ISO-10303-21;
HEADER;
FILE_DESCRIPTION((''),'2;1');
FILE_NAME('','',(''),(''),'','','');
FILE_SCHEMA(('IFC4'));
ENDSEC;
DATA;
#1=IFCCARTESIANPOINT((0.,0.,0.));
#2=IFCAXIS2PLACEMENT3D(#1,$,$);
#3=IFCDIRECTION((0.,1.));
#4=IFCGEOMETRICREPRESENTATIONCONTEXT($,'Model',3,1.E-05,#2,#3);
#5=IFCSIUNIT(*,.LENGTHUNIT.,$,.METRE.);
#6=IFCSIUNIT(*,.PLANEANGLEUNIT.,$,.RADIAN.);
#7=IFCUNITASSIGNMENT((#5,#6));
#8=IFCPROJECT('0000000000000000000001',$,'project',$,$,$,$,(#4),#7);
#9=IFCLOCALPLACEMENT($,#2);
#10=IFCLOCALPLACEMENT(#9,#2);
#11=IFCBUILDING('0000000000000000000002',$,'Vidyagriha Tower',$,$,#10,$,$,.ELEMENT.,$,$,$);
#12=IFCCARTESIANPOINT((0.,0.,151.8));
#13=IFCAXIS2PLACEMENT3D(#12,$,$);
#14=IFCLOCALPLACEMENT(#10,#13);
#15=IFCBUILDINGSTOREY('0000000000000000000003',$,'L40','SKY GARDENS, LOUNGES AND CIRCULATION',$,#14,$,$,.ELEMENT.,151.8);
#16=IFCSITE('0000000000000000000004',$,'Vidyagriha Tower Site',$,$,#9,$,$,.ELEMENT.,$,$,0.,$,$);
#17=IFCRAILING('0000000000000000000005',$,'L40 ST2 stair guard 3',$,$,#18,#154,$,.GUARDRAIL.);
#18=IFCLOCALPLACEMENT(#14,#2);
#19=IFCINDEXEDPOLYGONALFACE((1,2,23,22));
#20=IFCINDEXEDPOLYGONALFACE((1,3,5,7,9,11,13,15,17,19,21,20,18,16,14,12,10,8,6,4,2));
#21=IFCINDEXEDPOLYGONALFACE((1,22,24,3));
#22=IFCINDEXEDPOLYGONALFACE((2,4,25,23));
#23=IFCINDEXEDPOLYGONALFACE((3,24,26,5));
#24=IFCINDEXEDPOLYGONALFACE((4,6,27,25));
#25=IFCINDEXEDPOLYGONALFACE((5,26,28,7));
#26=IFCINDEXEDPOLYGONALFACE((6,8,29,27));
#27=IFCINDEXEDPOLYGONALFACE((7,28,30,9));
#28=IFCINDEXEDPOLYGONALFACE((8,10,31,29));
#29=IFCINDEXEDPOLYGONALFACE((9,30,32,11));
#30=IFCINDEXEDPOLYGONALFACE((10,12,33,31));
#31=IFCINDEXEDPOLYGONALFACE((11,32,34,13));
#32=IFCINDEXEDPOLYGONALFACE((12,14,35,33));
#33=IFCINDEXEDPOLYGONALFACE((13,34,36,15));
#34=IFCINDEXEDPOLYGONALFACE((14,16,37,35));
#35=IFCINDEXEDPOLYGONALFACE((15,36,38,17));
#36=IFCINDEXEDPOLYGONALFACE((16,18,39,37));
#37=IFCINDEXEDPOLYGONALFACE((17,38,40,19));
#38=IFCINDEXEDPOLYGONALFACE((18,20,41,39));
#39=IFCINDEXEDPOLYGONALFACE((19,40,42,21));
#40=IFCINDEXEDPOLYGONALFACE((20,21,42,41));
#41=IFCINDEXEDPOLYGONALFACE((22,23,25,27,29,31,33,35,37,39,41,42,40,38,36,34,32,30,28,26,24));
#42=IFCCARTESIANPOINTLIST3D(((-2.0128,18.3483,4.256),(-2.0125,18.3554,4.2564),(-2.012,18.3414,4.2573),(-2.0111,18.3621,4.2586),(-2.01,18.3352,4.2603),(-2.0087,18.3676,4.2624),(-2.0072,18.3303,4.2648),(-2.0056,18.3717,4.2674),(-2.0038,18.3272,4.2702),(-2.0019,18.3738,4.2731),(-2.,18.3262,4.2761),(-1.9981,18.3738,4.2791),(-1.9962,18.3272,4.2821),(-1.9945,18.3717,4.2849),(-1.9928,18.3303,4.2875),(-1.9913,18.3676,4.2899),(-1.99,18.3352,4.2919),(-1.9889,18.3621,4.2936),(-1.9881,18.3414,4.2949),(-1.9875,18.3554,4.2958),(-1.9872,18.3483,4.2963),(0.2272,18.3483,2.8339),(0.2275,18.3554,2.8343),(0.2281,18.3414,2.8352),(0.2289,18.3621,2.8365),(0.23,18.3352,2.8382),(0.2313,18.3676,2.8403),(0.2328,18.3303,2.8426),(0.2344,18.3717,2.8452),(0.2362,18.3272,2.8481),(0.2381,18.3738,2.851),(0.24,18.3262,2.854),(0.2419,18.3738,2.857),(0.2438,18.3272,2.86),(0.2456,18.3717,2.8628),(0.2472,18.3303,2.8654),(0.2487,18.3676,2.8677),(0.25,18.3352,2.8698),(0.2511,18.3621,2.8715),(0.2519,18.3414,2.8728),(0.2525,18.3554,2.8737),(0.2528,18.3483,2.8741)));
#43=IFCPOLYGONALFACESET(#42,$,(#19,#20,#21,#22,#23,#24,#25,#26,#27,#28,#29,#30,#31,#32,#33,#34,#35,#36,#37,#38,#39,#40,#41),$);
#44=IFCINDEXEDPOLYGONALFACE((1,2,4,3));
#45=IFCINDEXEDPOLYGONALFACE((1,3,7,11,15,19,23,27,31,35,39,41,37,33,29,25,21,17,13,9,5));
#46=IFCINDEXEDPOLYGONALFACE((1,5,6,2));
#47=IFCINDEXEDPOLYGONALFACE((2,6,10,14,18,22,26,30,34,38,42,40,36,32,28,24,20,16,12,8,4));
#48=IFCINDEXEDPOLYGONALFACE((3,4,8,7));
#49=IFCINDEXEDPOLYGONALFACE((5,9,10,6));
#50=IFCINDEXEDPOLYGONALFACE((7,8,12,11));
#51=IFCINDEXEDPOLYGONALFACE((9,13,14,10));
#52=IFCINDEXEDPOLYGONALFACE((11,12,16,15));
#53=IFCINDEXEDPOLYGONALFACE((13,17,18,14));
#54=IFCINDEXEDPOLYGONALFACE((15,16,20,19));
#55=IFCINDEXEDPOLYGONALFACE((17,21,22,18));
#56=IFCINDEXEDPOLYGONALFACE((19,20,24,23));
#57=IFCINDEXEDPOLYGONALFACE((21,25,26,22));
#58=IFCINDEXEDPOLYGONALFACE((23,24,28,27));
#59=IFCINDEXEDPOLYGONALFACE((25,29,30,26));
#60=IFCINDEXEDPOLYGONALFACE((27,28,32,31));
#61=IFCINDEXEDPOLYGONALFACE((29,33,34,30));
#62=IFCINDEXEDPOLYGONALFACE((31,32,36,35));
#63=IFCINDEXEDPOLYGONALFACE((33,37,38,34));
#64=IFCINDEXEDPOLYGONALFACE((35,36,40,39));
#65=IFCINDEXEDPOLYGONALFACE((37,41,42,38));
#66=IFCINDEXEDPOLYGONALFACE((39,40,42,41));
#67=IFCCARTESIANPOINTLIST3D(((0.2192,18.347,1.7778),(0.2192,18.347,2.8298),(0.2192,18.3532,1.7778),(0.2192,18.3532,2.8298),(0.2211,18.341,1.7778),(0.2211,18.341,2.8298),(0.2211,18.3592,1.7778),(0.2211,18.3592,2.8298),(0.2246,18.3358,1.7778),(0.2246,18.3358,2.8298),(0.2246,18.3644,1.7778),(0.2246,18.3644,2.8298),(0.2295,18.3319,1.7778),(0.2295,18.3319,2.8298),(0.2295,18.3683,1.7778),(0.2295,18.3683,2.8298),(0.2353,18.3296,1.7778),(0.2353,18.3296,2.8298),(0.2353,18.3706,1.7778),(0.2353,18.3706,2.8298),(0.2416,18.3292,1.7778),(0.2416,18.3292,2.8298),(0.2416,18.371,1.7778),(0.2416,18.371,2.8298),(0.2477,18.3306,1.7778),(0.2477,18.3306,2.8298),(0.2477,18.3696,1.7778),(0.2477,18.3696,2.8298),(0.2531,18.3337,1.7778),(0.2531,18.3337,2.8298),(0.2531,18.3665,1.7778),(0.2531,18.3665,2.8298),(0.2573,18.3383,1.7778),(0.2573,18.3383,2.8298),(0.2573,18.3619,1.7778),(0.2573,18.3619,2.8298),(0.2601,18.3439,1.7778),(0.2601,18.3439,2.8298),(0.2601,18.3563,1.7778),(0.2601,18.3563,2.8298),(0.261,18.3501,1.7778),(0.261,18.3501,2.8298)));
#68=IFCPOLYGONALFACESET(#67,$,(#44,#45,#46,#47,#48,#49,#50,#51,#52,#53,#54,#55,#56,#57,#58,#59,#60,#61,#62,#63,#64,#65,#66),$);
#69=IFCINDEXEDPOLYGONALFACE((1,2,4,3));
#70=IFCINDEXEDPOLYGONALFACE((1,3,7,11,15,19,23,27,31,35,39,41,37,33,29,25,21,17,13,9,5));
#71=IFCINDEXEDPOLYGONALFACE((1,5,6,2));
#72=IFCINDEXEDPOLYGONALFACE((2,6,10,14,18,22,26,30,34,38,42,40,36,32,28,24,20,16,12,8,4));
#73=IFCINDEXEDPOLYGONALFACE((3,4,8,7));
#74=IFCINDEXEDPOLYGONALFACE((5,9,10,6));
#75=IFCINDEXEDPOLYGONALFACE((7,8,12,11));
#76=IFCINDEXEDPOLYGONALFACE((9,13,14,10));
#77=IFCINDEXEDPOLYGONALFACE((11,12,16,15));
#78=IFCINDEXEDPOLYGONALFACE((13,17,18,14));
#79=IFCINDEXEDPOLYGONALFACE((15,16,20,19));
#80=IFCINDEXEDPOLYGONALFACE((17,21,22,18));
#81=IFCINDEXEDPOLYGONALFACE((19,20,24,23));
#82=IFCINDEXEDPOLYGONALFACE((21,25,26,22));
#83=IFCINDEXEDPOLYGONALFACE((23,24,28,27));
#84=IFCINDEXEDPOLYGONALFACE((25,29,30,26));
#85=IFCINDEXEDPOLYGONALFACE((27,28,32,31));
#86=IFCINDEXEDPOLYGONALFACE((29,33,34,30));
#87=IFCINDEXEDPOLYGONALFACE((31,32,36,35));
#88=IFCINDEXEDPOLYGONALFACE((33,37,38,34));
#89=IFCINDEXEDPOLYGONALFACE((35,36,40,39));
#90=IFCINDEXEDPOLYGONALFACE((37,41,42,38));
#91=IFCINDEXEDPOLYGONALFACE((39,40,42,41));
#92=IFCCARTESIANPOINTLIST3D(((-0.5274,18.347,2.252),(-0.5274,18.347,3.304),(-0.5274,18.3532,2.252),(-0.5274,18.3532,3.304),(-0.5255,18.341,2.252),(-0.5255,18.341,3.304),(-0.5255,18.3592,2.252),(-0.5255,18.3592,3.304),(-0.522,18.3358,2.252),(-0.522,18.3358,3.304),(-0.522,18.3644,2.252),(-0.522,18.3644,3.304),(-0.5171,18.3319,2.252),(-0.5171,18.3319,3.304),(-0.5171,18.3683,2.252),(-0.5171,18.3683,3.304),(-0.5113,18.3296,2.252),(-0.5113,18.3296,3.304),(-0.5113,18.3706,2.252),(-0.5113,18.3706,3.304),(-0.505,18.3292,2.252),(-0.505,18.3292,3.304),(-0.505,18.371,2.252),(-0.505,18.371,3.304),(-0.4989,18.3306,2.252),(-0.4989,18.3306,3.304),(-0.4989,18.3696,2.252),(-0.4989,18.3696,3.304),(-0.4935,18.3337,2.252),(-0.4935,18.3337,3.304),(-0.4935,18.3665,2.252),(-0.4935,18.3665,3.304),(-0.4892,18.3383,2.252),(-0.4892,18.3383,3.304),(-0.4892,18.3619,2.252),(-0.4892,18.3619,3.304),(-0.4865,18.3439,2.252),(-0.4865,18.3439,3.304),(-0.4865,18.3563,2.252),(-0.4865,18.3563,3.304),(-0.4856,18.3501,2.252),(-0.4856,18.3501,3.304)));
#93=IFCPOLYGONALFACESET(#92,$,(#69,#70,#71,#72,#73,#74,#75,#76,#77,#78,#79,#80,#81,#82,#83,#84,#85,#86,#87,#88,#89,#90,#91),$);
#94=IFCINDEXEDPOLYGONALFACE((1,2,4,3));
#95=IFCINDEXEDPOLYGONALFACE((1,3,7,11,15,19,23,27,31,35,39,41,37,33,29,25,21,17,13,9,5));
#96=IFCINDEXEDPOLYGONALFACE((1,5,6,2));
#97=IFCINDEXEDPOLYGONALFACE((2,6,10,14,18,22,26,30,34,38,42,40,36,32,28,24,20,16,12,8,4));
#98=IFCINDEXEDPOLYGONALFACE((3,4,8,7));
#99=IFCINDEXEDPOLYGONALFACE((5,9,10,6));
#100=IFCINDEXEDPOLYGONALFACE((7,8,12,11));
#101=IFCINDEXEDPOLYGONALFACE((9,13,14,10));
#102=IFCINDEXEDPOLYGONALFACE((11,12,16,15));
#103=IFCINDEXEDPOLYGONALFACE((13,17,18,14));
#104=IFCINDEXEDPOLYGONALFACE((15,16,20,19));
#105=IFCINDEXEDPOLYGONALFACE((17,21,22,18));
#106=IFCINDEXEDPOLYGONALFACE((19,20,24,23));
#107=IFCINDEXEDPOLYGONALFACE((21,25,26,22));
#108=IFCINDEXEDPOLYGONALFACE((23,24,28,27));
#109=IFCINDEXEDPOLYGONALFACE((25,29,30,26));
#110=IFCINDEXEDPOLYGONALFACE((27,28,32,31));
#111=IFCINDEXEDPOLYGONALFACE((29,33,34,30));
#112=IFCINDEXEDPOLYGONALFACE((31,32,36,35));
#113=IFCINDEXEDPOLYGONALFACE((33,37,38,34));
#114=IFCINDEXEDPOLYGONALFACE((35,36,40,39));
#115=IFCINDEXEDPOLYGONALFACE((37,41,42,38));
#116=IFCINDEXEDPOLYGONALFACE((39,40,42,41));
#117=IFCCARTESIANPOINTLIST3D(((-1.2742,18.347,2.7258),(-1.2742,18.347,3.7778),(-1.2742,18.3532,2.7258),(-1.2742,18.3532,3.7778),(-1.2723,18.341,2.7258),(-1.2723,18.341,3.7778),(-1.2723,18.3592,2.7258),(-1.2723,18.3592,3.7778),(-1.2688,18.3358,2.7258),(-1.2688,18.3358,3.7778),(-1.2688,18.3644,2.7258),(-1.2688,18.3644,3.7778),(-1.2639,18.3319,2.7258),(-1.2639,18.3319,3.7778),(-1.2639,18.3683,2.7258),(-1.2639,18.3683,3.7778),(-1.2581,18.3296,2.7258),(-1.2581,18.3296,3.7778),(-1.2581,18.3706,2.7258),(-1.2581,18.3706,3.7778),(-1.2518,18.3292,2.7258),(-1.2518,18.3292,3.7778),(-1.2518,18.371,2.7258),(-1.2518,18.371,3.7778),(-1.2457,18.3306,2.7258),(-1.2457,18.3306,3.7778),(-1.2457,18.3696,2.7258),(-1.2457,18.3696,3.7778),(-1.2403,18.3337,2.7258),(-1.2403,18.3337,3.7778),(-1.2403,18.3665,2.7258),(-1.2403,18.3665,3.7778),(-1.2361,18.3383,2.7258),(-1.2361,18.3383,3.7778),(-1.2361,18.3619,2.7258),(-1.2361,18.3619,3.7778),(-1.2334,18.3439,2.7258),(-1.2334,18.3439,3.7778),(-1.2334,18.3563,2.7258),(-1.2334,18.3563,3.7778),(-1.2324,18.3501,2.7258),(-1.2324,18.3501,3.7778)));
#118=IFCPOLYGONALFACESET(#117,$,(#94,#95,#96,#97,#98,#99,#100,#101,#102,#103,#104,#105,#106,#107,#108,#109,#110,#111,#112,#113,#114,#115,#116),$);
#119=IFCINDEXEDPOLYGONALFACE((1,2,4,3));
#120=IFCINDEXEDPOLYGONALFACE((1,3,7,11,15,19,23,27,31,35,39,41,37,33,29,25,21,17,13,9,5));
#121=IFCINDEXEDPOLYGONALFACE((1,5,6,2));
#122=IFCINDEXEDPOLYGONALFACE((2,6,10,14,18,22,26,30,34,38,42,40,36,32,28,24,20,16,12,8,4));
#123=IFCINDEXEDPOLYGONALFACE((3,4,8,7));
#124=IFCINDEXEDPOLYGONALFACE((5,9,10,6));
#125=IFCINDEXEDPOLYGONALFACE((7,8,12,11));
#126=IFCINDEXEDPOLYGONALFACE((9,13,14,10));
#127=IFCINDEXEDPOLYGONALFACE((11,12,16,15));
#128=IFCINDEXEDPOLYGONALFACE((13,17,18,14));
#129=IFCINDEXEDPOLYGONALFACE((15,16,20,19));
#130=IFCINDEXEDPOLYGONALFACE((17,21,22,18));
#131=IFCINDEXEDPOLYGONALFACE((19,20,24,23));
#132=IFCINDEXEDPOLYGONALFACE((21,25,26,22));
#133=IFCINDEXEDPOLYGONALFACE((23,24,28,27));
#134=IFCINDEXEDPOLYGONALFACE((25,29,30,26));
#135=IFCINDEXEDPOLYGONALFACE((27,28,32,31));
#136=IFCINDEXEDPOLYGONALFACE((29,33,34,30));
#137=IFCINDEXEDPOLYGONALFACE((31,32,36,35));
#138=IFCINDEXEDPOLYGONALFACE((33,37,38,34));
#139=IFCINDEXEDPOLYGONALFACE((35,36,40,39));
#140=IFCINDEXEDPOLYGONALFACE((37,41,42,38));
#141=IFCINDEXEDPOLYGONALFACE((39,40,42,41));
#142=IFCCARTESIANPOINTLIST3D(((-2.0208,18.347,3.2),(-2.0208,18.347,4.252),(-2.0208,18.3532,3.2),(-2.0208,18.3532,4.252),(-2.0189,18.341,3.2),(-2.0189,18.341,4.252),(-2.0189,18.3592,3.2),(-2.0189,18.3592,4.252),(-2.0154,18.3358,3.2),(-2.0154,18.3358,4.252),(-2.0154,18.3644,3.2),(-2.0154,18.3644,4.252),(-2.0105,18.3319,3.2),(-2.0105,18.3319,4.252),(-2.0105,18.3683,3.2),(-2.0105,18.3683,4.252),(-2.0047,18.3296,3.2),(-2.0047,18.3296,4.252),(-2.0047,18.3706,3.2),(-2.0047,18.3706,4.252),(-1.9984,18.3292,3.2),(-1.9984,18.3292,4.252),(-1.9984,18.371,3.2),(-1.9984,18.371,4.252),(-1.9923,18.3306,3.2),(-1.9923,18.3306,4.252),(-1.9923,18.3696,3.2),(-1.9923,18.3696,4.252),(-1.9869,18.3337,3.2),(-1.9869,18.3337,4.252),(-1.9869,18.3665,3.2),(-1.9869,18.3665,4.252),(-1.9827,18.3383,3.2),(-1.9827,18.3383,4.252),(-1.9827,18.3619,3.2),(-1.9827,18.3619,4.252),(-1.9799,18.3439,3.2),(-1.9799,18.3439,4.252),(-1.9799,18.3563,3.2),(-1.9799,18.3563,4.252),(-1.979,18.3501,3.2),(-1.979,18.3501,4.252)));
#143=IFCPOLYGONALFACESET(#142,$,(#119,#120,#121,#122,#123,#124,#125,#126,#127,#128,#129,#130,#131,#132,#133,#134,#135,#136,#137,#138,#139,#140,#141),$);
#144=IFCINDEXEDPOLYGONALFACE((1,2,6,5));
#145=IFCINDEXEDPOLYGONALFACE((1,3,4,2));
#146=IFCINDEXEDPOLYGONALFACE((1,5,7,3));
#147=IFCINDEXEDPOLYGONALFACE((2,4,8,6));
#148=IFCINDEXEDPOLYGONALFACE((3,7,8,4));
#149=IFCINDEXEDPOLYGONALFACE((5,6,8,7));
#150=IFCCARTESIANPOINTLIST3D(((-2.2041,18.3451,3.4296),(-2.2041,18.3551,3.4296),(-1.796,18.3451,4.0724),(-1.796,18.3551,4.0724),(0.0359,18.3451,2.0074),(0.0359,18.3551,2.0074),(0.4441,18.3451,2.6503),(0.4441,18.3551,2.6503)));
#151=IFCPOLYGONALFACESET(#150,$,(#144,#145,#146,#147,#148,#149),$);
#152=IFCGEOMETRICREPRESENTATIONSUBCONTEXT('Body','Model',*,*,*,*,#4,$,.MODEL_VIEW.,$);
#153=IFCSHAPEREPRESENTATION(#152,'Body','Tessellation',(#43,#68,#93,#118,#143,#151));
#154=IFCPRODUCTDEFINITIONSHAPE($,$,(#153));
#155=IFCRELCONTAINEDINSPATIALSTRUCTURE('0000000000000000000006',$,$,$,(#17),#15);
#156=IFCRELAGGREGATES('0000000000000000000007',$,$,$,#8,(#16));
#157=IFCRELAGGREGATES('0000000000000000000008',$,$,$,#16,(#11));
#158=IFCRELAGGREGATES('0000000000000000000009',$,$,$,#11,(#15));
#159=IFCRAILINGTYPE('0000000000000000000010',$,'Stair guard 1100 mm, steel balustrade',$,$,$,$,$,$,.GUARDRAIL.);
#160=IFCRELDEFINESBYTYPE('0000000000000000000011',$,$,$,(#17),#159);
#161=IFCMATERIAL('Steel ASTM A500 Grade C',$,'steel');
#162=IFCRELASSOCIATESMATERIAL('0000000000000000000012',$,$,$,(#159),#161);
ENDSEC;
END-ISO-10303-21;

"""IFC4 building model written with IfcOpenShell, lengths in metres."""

from ifc_helpers import new_model, si_unit, direction, frame, origin, origin_2d, place, context, subcontext, project, spatial, rectangle, circle, extrude, material, type_object, element, save


model = new_model("IFC4")

# Units and contexts
model_context = context("Model", 3, precision=1e-05, world=origin(), true_north=direction((0.0, 1.0)))
body_context = subcontext(model_context, "Body", "Model", "MODEL_VIEW")
ifc_project = project(units=[si_unit("LENGTHUNIT", "METRE"), si_unit("PLANEANGLEUNIT", "RADIAN")], contexts=[model_context])

# Site, building, storey
site_placement = place(None, origin())
site = spatial("IfcSite", under=ifc_project, at=site_placement, Name="Vidyagriha Tower Site", CompositionType="ELEMENT", RefElevation=0.0)
building_placement = place(site_placement, origin())
building = spatial("IfcBuilding", under=site, at=building_placement, Name="Vidyagriha Tower", CompositionType="ELEMENT")
storey_placement = place(building_placement, frame((0.0, 0.0, 151.8)))
storey = spatial("IfcBuildingStorey", under=building, at=storey_placement, Name="L40", Description="SKY GARDENS, LOUNGES AND CIRCULATION", CompositionType="ELEMENT", Elevation=151.8)

# Railing
ifc_material_1 = material(Name="Steel ASTM A500 Grade C", Category="steel")
railing_type_1 = type_object("IfcRailingType", Name="Stair guard 1100 mm, steel balustrade", PredefinedType="GUARDRAIL", material=ifc_material_1)
railing_1_placement = place(storey_placement, frame((0.24, 18.3501, 1.7778)))
element("IfcRailing", 1, at=railing_1_placement, inside=storey, type_object=railing_type_1, Name="L40 ST2 stair guard 3", PredefinedType="GUARDRAIL", context=body_context, shape_type="SweptSolid", body=[
    extrude(circle(Radius=0.0239, at=origin_2d()), frame((0.0, 0.0, 1.0762), z_axis=(-0.844229, 0.0, 0.535982), x_axis=(0.0, -1.0, 0.0)), (0.0, 0.0, 1.0), 2.6533),
    extrude(circle(Radius=0.021, at=origin_2d()), origin(), (0.0, 0.0, 1.0), 1.052),
    extrude(circle(Radius=0.021, at=origin_2d()), frame((-0.7466, 0.0, 0.4741)), (0.0, 0.0, 1.0), 1.052),
    extrude(circle(Radius=0.021, at=origin_2d()), frame((-1.4934, 0.0, 0.948)), (0.0, 0.0, 1.0), 1.052),
    extrude(circle(Radius=0.021, at=origin_2d()), frame((-2.24, 0.0, 1.4221)), (0.0, 0.0, 1.0), 1.052),
    extrude(rectangle(XDim=0.01, YDim=0.7615, at=origin_2d()), frame((0.0, 0.0, 0.551), z_axis=(-0.844229, 0.0, 0.535982), x_axis=(0.0, -1.0, 0.0)), (0.0, 0.0, 1.0), 2.6533),
])

save(model, "model.ifc")
